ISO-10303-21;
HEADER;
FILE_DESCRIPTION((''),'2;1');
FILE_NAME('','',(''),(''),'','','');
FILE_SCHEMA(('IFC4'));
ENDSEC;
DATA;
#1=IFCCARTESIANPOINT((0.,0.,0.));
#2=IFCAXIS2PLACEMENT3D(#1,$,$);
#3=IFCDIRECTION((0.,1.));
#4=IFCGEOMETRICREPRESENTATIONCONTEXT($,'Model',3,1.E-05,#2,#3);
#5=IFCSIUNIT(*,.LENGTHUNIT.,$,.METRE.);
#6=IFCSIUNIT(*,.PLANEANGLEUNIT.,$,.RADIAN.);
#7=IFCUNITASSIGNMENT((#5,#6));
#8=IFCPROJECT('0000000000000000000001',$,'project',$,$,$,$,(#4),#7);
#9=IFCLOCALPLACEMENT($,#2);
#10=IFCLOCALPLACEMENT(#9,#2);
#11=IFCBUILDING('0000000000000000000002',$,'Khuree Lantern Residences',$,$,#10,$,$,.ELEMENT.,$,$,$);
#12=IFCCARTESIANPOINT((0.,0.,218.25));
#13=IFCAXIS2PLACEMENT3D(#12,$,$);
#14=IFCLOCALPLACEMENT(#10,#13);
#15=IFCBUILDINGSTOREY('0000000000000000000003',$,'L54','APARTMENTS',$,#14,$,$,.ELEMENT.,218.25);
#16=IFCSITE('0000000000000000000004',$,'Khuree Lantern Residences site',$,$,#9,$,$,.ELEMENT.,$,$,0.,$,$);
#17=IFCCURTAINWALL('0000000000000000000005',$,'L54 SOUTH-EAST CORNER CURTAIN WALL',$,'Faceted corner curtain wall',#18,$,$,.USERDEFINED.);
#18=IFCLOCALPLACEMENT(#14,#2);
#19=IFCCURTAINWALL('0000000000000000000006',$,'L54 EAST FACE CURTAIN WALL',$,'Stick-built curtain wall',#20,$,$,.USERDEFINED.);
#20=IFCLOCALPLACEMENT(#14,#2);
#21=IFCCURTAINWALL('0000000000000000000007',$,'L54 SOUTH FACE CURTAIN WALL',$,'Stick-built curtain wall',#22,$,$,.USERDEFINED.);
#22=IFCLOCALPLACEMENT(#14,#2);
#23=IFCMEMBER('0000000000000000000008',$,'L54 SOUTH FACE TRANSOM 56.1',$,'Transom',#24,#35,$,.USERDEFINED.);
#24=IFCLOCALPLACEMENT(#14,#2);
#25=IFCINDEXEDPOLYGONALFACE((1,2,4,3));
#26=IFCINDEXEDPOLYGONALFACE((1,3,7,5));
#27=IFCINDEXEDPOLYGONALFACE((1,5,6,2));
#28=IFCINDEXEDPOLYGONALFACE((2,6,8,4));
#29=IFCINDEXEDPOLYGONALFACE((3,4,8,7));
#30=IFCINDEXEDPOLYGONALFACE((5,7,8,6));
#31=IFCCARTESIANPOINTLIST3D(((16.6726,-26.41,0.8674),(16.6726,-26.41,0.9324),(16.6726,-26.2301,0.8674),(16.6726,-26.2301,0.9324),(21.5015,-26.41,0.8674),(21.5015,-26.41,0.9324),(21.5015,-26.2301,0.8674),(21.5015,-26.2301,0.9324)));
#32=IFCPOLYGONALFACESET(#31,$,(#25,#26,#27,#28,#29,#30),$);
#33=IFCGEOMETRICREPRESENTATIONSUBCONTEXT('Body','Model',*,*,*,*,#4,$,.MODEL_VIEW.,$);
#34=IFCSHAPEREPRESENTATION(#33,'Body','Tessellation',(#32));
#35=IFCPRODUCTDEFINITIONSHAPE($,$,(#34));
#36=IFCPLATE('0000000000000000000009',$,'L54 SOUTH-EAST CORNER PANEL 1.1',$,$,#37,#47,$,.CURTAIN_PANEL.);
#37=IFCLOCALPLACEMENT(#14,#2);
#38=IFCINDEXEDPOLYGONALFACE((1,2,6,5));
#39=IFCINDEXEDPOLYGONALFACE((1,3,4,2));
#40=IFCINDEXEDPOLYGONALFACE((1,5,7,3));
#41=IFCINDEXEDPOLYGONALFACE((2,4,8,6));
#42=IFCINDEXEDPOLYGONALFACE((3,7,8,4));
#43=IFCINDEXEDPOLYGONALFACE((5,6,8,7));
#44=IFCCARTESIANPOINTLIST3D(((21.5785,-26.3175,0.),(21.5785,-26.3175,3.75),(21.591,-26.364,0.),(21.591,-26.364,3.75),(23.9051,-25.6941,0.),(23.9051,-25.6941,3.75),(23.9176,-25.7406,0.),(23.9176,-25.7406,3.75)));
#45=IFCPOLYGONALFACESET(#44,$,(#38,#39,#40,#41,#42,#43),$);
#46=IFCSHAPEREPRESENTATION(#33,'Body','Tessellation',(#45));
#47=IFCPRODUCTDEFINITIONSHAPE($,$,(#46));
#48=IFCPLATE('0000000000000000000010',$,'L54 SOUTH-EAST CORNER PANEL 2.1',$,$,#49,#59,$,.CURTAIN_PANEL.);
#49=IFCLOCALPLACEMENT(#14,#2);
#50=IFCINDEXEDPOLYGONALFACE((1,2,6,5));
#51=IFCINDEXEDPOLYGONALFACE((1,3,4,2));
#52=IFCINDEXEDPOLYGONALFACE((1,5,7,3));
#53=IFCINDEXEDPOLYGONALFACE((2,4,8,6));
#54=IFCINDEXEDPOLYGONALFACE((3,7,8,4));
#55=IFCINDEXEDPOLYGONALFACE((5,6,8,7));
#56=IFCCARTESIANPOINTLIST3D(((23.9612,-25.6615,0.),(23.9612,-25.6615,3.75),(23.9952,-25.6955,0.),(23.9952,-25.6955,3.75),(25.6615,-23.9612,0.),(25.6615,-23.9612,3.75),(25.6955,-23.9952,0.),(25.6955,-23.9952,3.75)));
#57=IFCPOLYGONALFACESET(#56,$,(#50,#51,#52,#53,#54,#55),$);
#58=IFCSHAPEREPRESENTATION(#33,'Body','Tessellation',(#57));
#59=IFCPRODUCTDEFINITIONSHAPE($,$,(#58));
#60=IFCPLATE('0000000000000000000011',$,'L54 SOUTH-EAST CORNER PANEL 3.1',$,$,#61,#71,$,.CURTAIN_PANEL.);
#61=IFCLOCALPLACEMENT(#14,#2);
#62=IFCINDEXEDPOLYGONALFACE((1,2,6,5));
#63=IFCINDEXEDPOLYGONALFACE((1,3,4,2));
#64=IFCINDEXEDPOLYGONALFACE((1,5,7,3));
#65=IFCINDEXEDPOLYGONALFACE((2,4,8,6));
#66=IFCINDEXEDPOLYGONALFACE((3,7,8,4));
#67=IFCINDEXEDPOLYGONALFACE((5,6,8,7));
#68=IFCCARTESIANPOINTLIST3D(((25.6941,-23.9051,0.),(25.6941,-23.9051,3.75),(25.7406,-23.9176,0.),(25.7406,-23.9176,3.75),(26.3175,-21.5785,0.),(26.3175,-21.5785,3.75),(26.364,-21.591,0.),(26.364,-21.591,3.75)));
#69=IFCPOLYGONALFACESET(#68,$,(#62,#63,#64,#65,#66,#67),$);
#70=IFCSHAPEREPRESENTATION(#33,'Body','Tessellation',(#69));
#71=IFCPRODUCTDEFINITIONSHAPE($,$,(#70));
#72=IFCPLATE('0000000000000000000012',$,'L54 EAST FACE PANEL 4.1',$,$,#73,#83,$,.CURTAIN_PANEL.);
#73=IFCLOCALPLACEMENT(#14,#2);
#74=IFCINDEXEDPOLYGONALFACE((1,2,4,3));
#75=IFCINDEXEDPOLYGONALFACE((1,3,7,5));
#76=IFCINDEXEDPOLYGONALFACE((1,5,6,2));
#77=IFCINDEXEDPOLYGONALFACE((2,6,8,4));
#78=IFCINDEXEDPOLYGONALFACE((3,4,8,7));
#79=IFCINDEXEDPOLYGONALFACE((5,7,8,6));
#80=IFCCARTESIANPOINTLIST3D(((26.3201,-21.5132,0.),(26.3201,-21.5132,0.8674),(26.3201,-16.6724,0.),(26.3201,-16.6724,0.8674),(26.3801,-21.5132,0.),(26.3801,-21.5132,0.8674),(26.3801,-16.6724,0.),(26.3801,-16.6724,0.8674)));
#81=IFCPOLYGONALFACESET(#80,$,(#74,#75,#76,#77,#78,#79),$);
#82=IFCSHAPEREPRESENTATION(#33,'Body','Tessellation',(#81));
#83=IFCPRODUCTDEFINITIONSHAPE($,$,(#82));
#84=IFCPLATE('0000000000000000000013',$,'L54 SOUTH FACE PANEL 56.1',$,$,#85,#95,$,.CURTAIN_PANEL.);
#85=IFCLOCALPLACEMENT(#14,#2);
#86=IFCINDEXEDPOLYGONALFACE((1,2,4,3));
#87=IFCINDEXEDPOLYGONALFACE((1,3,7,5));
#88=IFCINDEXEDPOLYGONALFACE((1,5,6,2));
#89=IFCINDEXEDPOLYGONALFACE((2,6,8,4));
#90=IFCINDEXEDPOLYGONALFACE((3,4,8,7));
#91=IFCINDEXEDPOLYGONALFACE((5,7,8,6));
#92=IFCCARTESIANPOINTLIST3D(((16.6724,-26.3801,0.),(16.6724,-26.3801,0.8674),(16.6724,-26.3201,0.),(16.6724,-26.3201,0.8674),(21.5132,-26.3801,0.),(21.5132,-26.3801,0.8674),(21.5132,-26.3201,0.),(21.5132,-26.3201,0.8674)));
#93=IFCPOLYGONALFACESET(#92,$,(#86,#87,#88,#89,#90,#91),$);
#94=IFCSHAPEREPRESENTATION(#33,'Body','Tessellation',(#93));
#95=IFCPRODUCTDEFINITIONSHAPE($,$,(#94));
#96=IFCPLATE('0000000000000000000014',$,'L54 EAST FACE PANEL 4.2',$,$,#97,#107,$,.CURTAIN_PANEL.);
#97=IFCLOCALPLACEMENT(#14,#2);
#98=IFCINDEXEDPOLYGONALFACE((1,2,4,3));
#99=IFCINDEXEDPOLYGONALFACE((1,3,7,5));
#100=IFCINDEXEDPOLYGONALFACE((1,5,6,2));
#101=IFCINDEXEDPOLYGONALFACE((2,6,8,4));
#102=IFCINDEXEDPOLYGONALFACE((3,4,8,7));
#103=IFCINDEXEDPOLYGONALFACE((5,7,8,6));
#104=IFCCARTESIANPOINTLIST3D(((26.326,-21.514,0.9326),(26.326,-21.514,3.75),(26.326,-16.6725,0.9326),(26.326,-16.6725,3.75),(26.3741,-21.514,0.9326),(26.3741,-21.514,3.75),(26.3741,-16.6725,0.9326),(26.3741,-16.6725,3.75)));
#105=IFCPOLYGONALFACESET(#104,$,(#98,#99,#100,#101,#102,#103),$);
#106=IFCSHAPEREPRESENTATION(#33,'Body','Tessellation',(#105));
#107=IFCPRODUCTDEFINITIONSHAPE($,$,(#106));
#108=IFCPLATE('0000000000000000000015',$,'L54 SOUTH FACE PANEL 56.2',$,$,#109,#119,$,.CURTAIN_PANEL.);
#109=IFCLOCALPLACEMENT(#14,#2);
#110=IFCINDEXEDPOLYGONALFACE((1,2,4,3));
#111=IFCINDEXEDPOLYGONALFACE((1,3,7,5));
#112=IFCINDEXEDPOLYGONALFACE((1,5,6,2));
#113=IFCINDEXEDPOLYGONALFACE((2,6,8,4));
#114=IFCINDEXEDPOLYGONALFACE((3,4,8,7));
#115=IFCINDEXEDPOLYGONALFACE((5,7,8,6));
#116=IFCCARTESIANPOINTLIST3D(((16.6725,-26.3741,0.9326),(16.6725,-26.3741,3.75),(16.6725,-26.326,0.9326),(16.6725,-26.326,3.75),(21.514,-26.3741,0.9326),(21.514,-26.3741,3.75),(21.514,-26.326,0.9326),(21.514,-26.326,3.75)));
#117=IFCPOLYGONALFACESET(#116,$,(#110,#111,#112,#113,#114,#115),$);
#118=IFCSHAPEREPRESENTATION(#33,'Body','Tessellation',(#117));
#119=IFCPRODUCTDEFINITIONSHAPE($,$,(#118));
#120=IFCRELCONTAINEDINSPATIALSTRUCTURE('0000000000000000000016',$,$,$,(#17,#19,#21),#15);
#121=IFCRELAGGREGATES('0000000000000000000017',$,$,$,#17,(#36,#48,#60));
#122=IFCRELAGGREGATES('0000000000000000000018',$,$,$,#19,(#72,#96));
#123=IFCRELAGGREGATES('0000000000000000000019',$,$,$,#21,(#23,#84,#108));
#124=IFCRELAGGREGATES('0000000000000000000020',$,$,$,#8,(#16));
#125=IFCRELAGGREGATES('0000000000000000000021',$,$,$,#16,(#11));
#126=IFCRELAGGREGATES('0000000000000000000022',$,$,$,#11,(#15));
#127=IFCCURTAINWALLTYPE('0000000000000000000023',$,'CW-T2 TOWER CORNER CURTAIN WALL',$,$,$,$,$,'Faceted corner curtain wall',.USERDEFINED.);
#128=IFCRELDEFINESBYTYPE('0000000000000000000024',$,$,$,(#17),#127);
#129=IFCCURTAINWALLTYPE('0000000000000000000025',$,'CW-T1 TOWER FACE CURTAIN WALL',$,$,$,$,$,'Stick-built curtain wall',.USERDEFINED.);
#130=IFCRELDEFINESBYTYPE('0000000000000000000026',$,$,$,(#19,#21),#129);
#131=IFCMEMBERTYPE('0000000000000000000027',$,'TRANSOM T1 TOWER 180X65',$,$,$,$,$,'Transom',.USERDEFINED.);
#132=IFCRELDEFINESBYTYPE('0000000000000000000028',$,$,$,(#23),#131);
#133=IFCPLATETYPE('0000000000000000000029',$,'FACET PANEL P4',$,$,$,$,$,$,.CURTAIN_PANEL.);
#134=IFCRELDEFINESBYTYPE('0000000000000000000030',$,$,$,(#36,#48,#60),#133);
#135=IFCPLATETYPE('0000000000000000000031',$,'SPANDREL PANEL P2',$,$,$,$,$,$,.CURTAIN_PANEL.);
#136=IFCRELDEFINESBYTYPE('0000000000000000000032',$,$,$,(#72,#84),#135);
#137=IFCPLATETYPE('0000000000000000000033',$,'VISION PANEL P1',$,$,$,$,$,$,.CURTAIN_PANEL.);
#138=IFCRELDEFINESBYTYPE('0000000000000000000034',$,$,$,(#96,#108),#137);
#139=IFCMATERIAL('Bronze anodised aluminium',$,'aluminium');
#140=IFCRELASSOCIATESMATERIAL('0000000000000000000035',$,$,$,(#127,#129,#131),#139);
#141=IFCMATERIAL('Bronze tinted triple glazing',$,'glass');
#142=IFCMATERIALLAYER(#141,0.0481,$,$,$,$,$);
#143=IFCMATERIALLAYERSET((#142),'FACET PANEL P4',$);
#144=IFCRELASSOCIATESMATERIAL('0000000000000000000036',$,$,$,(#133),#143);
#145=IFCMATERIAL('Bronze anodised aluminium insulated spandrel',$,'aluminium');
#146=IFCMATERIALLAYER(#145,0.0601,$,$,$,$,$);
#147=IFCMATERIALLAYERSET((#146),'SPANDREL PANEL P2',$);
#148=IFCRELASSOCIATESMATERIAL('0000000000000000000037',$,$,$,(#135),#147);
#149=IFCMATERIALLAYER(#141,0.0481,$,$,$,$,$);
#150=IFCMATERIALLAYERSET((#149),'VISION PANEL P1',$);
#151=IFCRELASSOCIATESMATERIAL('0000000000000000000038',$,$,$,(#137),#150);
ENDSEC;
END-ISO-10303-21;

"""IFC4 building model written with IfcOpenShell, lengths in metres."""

from ifc_helpers import new_model, si_unit, direction, frame, origin, origin_2d, place, context, subcontext, project, spatial, rectangle, extrude, material, layer, layer_set, material_profile, profile_set, type_object, element, aggregate, save


model = new_model("IFC4")

# Units and contexts
model_context = context("Model", 3, precision=1e-05, world=origin(), true_north=direction((0.0, 1.0)))
body_context = subcontext(model_context, "Body", "Model", "MODEL_VIEW")
ifc_project = project(units=[si_unit("LENGTHUNIT", "METRE"), si_unit("PLANEANGLEUNIT", "RADIAN")], contexts=[model_context])

# Site, building, storey
site_placement = place(None, origin())
site = spatial("IfcSite", under=ifc_project, at=site_placement, Name="Khuree Lantern Residences site", CompositionType="ELEMENT", RefElevation=0.0)
building_placement = place(site_placement, origin())
building = spatial("IfcBuilding", under=site, at=building_placement, Name="Khuree Lantern Residences", CompositionType="ELEMENT")
storey_placement = place(building_placement, frame((0.0, 0.0, 218.25)))
storey = spatial("IfcBuildingStorey", under=building, at=storey_placement, Name="L54", Description="APARTMENTS", CompositionType="ELEMENT", Elevation=218.25)

# Curtain walls
ifc_material_1 = material(Name="Bronze anodised aluminium", Category="aluminium")
curtain_wall_type_1 = type_object("IfcCurtainWallType", Name="CW-T2 TOWER CORNER CURTAIN WALL", ElementType="Faceted corner curtain wall", PredefinedType="USERDEFINED", material=ifc_material_1)
curtain_wall_1_placement = place(storey_placement, origin())
curtain_wall_1 = element("IfcCurtainWall", 1, at=curtain_wall_1_placement, inside=storey, type_object=curtain_wall_type_1, Name="L54 SOUTH-EAST CORNER CURTAIN WALL", ObjectType="Faceted corner curtain wall", PredefinedType="USERDEFINED")
curtain_wall_type_2 = type_object("IfcCurtainWallType", Name="CW-T1 TOWER FACE CURTAIN WALL", ElementType="Stick-built curtain wall", PredefinedType="USERDEFINED", material=ifc_material_1)
curtain_wall_2_placement = place(storey_placement, origin())
curtain_wall_2 = element("IfcCurtainWall", 2, at=curtain_wall_2_placement, inside=storey, type_object=curtain_wall_type_2, Name="L54 EAST FACE CURTAIN WALL", ObjectType="Stick-built curtain wall", PredefinedType="USERDEFINED")

# Shared definitions
ifc_material_profile_1 = material_profile(ifc_material_1, rectangle(XDim=0.1799, YDim=0.0649, at=origin_2d()), Name="T1 180X65")
ifc_profile_set_1 = profile_set([ifc_material_profile_1], Name="Bronze anodised aluminium")
member_type_1 = type_object("IfcMemberType", Name="TRANSOM T1 TOWER 180X65", ElementType="Transom", PredefinedType="USERDEFINED", material=ifc_profile_set_1)

# Curtain wall, member
curtain_wall_3_placement = place(storey_placement, origin())
curtain_wall_3 = element("IfcCurtainWall", 3, at=curtain_wall_3_placement, inside=storey, type_object=curtain_wall_type_2, Name="L54 SOUTH FACE CURTAIN WALL", ObjectType="Stick-built curtain wall", PredefinedType="USERDEFINED")
member_1_placement = place(storey_placement, frame((16.6726, -26.3201, 0.8999), z_axis=(1.0, 0.0, 0.0), x_axis=(0.0, 1.0, 0.0)))
member_1 = element("IfcMember", 4, at=member_1_placement, type_object=member_type_1, Name="L54 SOUTH FACE TRANSOM 56.1", ObjectType="Transom", PredefinedType="USERDEFINED", context=body_context, shape_type="SweptSolid", body=[
    extrude(rectangle(XDim=0.1799, YDim=0.0649, at=origin_2d()), origin(), (0.0, 0.0, 1.0), 4.8289),
])

# Plates
ifc_material_2 = material(Name="Bronze tinted triple glazing", Category="glass")
ifc_layer_1 = layer(ifc_material_2, 0.0481)
ifc_layer_set_1 = layer_set([ifc_layer_1], Name="FACET PANEL P4")
plate_type_1 = type_object("IfcPlateType", Name="FACET PANEL P4", PredefinedType="CURTAIN_PANEL", material=ifc_layer_set_1)
plate_1_placement = place(storey_placement, frame((22.748, -26.0291, 0.0), z_axis=(0.0, 0.0, 1.0), x_axis=(0.965926, 0.258819, 0.0)))
plate_1 = element("IfcPlate", 5, at=plate_1_placement, type_object=plate_type_1, Name="L54 SOUTH-EAST CORNER PANEL 1.1", PredefinedType="CURTAIN_PANEL", context=body_context, shape_type="SweptSolid", body=[
    extrude(rectangle(XDim=2.4087, YDim=0.0481, at=origin_2d()), origin(), (0.0, 0.0, 1.0), 3.75),
])
plate_2_placement = place(storey_placement, frame((24.8284, -24.8284, 0.0), z_axis=(0.0, 0.0, 1.0), x_axis=(0.707107, 0.707107, 0.0)))
plate_2 = element("IfcPlate", 6, at=plate_2_placement, type_object=plate_type_1, Name="L54 SOUTH-EAST CORNER PANEL 2.1", PredefinedType="CURTAIN_PANEL", context=body_context, shape_type="SweptSolid", body=[
    extrude(rectangle(XDim=2.4045, YDim=0.0481, at=origin_2d()), origin(), (0.0, 0.0, 1.0), 3.75),
])
plate_3_placement = place(storey_placement, frame((26.0291, -22.748, 0.0), z_axis=(0.0, 0.0, 1.0), x_axis=(0.258819, 0.965926, 0.0)))
plate_3 = element("IfcPlate", 7, at=plate_3_placement, type_object=plate_type_1, Name="L54 SOUTH-EAST CORNER PANEL 3.1", PredefinedType="CURTAIN_PANEL", context=body_context, shape_type="SweptSolid", body=[
    extrude(rectangle(XDim=2.4087, YDim=0.0481, at=origin_2d()), origin(), (0.0, 0.0, 1.0), 3.75),
])
aggregate(curtain_wall_1, [plate_1, plate_2, plate_3])
ifc_material_3 = material(Name="Bronze anodised aluminium insulated spandrel", Category="aluminium")
ifc_layer_2 = layer(ifc_material_3, 0.0601)
ifc_layer_set_2 = layer_set([ifc_layer_2], Name="SPANDREL PANEL P2")
plate_type_2 = type_object("IfcPlateType", Name="SPANDREL PANEL P2", PredefinedType="CURTAIN_PANEL", material=ifc_layer_set_2)
plate_4_placement = place(storey_placement, frame((26.3501, -19.0928, 0.0), z_axis=(0.0, 0.0, 1.0), x_axis=(0.0, 1.0, 0.0)))
plate_4 = element("IfcPlate", 8, at=plate_4_placement, type_object=plate_type_2, Name="L54 EAST FACE PANEL 4.1", PredefinedType="CURTAIN_PANEL", context=body_context, shape_type="SweptSolid", body=[
    extrude(rectangle(XDim=4.8408, YDim=0.0601, at=origin_2d()), origin(), (0.0, 0.0, 1.0), 0.8674),
])
plate_5_placement = place(storey_placement, frame((19.0928, -26.3501, 0.0), z_axis=(0.0, 0.0, 1.0), x_axis=(1.0, 0.0, 0.0)))
plate_5 = element("IfcPlate", 9, at=plate_5_placement, type_object=plate_type_2, Name="L54 SOUTH FACE PANEL 56.1", PredefinedType="CURTAIN_PANEL", context=body_context, shape_type="SweptSolid", body=[
    extrude(rectangle(XDim=4.8408, YDim=0.0601, at=origin_2d()), origin(), (0.0, 0.0, 1.0), 0.8674),
])
ifc_layer_3 = layer(ifc_material_2, 0.0481)
ifc_layer_set_3 = layer_set([ifc_layer_3], Name="VISION PANEL P1")
plate_type_3 = type_object("IfcPlateType", Name="VISION PANEL P1", PredefinedType="CURTAIN_PANEL", material=ifc_layer_set_3)
plate_6_placement = place(storey_placement, frame((26.3501, -19.0933, 0.9326), z_axis=(0.0, 0.0, 1.0), x_axis=(0.0, 1.0, 0.0)))
plate_6 = element("IfcPlate", 10, at=plate_6_placement, type_object=plate_type_3, Name="L54 EAST FACE PANEL 4.2", PredefinedType="CURTAIN_PANEL", context=body_context, shape_type="SweptSolid", body=[
    extrude(rectangle(XDim=4.8416, YDim=0.0481, at=origin_2d()), origin(), (0.0, 0.0, 1.0), 2.8174),
])
aggregate(curtain_wall_2, [plate_4, plate_6])
plate_7_placement = place(storey_placement, frame((19.0933, -26.3501, 0.9326), z_axis=(0.0, 0.0, 1.0), x_axis=(1.0, 0.0, 0.0)))
plate_7 = element("IfcPlate", 11, at=plate_7_placement, type_object=plate_type_3, Name="L54 SOUTH FACE PANEL 56.2", PredefinedType="CURTAIN_PANEL", context=body_context, shape_type="SweptSolid", body=[
    extrude(rectangle(XDim=4.8416, YDim=0.0481, at=origin_2d()), origin(), (0.0, 0.0, 1.0), 2.8174),
])
aggregate(curtain_wall_3, [member_1, plate_5, plate_7])

save(model, "model.ifc")
